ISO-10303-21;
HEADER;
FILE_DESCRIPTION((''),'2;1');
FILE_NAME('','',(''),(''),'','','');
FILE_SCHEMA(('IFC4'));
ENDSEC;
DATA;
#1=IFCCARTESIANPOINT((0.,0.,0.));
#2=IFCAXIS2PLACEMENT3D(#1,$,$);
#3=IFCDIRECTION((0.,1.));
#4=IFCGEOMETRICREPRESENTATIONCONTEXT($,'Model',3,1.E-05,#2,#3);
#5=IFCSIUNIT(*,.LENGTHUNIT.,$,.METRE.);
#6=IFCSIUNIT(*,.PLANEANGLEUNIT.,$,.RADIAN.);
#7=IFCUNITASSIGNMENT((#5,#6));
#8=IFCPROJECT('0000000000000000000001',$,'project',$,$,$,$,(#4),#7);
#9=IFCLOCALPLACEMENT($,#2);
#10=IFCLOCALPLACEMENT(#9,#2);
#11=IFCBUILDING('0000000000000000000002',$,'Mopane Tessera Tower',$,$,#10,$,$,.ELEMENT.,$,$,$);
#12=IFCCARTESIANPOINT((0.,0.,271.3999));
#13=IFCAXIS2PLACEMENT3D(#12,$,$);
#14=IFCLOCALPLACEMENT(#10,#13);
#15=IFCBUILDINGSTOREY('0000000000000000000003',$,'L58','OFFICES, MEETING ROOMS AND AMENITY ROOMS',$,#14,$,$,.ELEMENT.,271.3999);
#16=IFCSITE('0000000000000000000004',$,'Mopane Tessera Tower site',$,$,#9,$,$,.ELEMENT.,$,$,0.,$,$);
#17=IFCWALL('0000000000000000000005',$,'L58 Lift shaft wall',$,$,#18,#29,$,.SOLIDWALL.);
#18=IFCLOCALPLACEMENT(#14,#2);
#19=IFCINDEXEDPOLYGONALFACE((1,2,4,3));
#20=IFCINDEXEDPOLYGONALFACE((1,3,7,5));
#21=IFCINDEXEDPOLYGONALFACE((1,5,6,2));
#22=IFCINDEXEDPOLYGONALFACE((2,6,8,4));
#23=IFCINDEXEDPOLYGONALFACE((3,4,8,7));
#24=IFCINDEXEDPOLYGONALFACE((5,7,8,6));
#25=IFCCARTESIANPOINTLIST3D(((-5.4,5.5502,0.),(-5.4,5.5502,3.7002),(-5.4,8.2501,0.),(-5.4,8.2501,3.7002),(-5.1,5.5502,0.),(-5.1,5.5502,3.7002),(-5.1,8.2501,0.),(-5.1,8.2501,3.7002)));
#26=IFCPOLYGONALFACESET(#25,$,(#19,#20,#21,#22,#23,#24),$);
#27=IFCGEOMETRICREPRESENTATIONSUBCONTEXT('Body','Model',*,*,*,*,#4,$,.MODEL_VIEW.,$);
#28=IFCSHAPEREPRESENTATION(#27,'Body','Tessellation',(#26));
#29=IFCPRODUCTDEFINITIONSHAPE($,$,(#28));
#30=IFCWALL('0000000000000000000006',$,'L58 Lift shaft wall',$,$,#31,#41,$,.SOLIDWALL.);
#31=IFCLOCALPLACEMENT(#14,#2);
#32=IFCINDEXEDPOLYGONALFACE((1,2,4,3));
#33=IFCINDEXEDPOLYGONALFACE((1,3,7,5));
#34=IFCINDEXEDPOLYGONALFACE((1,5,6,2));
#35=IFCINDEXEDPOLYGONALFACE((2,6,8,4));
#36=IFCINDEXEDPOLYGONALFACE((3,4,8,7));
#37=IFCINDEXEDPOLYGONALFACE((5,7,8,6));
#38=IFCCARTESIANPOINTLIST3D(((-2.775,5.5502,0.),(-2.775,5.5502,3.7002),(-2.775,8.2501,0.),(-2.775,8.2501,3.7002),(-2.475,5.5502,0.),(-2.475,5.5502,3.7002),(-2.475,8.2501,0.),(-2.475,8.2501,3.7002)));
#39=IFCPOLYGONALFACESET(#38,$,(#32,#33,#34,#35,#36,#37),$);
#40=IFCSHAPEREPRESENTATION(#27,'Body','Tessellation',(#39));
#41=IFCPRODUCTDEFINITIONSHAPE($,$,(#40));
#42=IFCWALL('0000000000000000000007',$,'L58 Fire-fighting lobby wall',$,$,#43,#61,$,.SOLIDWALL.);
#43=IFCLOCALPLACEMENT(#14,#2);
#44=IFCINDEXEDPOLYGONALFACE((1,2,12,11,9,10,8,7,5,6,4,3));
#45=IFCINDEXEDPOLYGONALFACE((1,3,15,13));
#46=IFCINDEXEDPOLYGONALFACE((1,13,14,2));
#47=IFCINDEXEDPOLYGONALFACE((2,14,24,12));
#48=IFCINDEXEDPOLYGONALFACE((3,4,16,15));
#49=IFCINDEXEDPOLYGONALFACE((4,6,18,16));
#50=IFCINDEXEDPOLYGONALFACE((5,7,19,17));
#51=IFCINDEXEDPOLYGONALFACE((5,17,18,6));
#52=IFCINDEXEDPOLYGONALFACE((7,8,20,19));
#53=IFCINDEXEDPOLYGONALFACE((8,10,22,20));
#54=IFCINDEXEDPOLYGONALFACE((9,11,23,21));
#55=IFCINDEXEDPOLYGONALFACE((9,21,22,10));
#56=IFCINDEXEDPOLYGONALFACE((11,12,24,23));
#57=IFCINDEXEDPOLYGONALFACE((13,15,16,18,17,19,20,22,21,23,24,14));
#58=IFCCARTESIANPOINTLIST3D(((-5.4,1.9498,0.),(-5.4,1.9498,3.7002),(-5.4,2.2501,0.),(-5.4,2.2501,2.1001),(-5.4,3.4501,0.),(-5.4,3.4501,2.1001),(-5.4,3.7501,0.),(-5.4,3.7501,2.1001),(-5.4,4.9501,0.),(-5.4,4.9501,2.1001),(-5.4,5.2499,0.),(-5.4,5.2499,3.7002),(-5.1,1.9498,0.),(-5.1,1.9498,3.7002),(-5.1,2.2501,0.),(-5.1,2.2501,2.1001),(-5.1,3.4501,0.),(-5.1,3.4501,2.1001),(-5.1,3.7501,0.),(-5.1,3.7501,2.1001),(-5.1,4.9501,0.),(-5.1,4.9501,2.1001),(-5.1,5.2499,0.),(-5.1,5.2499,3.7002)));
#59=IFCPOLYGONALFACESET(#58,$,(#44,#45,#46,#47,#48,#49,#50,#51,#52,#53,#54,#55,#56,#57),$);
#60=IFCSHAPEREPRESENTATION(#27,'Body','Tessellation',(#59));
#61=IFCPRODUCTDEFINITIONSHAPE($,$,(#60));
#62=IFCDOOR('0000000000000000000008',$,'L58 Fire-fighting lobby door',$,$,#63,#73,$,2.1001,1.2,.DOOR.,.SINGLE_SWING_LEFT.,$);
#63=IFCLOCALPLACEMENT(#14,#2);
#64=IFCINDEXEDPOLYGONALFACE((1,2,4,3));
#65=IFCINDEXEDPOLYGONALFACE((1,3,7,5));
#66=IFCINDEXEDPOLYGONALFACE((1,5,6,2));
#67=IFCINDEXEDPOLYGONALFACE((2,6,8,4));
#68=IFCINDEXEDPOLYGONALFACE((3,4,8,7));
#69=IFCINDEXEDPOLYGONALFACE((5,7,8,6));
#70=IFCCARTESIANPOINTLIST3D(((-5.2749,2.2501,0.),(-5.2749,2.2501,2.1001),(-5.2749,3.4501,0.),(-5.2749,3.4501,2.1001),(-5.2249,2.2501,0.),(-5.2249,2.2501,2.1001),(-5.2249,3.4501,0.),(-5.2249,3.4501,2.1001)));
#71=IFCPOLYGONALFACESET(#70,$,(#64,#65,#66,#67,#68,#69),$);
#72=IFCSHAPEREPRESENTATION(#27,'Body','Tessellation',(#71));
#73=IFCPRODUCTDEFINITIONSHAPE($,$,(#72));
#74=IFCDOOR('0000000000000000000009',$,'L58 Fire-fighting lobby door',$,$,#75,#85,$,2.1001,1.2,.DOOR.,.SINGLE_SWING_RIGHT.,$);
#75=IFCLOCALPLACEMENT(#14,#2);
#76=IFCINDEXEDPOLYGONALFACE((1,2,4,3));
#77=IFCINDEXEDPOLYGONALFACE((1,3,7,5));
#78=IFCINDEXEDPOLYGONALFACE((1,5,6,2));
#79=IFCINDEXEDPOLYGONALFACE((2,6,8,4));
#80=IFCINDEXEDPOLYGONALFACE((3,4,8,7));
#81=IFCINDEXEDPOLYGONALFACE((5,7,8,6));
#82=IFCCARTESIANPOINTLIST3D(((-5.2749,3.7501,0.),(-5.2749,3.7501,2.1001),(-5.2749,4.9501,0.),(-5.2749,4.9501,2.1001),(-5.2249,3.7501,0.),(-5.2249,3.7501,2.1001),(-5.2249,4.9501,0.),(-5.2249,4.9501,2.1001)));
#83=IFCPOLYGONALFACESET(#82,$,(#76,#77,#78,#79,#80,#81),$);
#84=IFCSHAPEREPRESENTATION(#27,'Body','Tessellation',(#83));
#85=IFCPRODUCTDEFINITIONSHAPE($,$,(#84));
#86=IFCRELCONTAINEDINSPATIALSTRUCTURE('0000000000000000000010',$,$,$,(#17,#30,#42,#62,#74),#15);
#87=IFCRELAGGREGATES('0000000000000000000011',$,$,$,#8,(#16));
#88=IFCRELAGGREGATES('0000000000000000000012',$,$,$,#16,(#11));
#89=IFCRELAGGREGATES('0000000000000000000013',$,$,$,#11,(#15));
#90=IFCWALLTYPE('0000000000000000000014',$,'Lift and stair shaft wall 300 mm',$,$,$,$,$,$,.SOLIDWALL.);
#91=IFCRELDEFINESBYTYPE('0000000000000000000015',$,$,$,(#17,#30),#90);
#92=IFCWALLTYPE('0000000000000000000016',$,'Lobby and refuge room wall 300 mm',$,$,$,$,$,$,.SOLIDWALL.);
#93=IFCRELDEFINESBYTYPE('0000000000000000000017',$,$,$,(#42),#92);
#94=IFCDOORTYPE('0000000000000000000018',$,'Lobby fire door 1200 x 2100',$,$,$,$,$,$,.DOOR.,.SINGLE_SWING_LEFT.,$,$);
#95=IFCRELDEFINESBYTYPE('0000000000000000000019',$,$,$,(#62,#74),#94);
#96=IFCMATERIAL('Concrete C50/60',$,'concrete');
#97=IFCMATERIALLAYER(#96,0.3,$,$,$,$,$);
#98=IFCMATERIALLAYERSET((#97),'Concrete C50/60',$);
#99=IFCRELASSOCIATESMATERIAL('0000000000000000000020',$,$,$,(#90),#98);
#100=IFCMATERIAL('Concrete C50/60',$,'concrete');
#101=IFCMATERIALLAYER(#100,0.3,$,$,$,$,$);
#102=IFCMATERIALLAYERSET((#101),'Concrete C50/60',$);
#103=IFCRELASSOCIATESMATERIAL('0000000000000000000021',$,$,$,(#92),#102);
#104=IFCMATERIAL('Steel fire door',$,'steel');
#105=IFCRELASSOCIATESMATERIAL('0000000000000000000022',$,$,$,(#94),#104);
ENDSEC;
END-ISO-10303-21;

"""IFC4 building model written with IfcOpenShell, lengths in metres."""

from ifc_helpers import new_model, si_unit, direction, frame, frame_2d, origin, place, context, subcontext, project, spatial, rectangle, extrude, material, layer, layer_set, type_object, element, fill, save


model = new_model("IFC4")

# Units and contexts
model_context = context("Model", 3, precision=1e-05, world=origin(), true_north=direction((0.0, 1.0)))
body_context = subcontext(model_context, "Body", "Model", "MODEL_VIEW")
ifc_project = project(units=[si_unit("LENGTHUNIT", "METRE"), si_unit("PLANEANGLEUNIT", "RADIAN")], contexts=[model_context])

# Site, building, storey
site_placement = place(None, origin())
site = spatial("IfcSite", under=ifc_project, at=site_placement, Name="Mopane Tessera Tower site", CompositionType="ELEMENT", RefElevation=0.0)
building_placement = place(site_placement, origin())
building = spatial("IfcBuilding", under=site, at=building_placement, Name="Mopane Tessera Tower", CompositionType="ELEMENT")
storey_placement = place(building_placement, frame((0.0, 0.0, 271.3999)))
storey = spatial("IfcBuildingStorey", under=building, at=storey_placement, Name="L58", Description="OFFICES, MEETING ROOMS AND AMENITY ROOMS", CompositionType="ELEMENT", Elevation=271.3999)

# Shared definitions
ifc_material_1 = material(Name="Concrete C50/60", Category="concrete")
ifc_layer_1 = layer(ifc_material_1, 0.3)
ifc_layer_set_1 = layer_set([ifc_layer_1], Name="Concrete C50/60")
wall_type_1 = type_object("IfcWallType", Name="Lift and stair shaft wall 300 mm", PredefinedType="SOLIDWALL", material=ifc_layer_set_1)

# Walls
for number, where, z_axis, x_axis, name in (
    (1, (-5.25, 5.55, 0.0), (0.0, 0.0, 1.0), (0.0, 1.0, 0.0), "L58 Lift shaft wall"),
    (2, (-2.625, 5.55, 0.0), (0.0, 0.0, 1.0), (0.0, 1.0, 0.0), "L58 Lift shaft wall"),
):
    element("IfcWall", number, at=place(storey_placement, frame(where, z_axis=z_axis, x_axis=x_axis)), inside=storey, type_object=wall_type_1, Name=name, PredefinedType="SOLIDWALL", context=body_context, shape_type="SweptSolid", body=[
        extrude(rectangle(XDim=2.7, YDim=0.3, at=frame_2d((1.3501, 0.0))), origin(), (0.0, 0.0, 1.0), 3.7002),
    ])

# Wall, openings, doors
ifc_material_2 = material(Name="Concrete C50/60", Category="concrete")
ifc_layer_2 = layer(ifc_material_2, 0.3)
ifc_layer_set_2 = layer_set([ifc_layer_2], Name="Concrete C50/60")
wall_type_2 = type_object("IfcWallType", Name="Lobby and refuge room wall 300 mm", PredefinedType="SOLIDWALL", material=ifc_layer_set_2)
wall_1_placement = place(storey_placement, frame((-5.25, 1.95, 0.0), z_axis=(0.0, 0.0, 1.0), x_axis=(0.0, 1.0, 0.0)))
wall_1 = element("IfcWall", 3, at=wall_1_placement, inside=storey, type_object=wall_type_2, Name="L58 Fire-fighting lobby wall", PredefinedType="SOLIDWALL", context=body_context, shape_type="SweptSolid", body=[
    extrude(rectangle(XDim=3.3, YDim=0.3, at=frame_2d((1.6499, 0.0))), origin(), (0.0, 0.0, 1.0), 3.7002),
])
opening_1_placement = place(wall_1_placement, frame((0.3, 0.0, 0.0)))
opening_1 = element("IfcOpeningElement", 4, at=opening_1_placement, cuts=wall_1, PredefinedType="OPENING", context=body_context, shape_type="SweptSolid", body=[
    extrude(rectangle(XDim=1.2, YDim=2.1001, at=frame_2d((0.6001, 1.05))), frame((0.0, 0.1621, 0.0), z_axis=(0.0, -1.0, 0.0), x_axis=(1.0, 0.0, 0.0)), (0.0, 0.0, 1.0), 0.324),
])
opening_2_placement = place(wall_1_placement, frame((1.8, 0.0, 0.0)))
opening_2 = element("IfcOpeningElement", 5, at=opening_2_placement, cuts=wall_1, PredefinedType="OPENING", context=body_context, shape_type="SweptSolid", body=[
    extrude(rectangle(XDim=1.2, YDim=2.1001, at=frame_2d((0.6001, 1.05))), frame((0.0, 0.1621, 0.0), z_axis=(0.0, -1.0, 0.0), x_axis=(1.0, 0.0, 0.0)), (0.0, 0.0, 1.0), 0.324),
])
ifc_material_3 = material(Name="Steel fire door", Category="steel")
door_type_1 = type_object("IfcDoorType", Name="Lobby fire door 1200 x 2100", OperationType="SINGLE_SWING_LEFT", PredefinedType="DOOR", material=ifc_material_3)
door_1_placement = place(opening_1_placement, origin())
door_1 = element("IfcDoor", 6, at=door_1_placement, inside=storey, type_object=door_type_1, Name="L58 Fire-fighting lobby door", OperationType="SINGLE_SWING_LEFT", OverallHeight=2.1001, OverallWidth=1.2, PredefinedType="DOOR", context=body_context, shape_type="SweptSolid", body=[
    extrude(rectangle(XDim=1.2, YDim=2.1001, at=frame_2d((0.6001, 1.05))), frame((0.0, 0.0249, 0.0), z_axis=(0.0, -1.0, 0.0), x_axis=(1.0, 0.0, 0.0)), (0.0, 0.0, 1.0), 0.05),
])
fill(opening_1, door_1)
door_2_placement = place(opening_2_placement, origin())
door_2 = element("IfcDoor", 7, at=door_2_placement, inside=storey, type_object=door_type_1, Name="L58 Fire-fighting lobby door", OperationType="SINGLE_SWING_RIGHT", OverallHeight=2.1001, OverallWidth=1.2, PredefinedType="DOOR", context=body_context, shape_type="SweptSolid", body=[
    extrude(rectangle(XDim=1.2, YDim=2.1001, at=frame_2d((0.6001, 1.05))), frame((0.0, 0.0249, 0.0), z_axis=(0.0, -1.0, 0.0), x_axis=(1.0, 0.0, 0.0)), (0.0, 0.0, 1.0), 0.05),
])
fill(opening_2, door_2)

save(model, "model.ifc")
